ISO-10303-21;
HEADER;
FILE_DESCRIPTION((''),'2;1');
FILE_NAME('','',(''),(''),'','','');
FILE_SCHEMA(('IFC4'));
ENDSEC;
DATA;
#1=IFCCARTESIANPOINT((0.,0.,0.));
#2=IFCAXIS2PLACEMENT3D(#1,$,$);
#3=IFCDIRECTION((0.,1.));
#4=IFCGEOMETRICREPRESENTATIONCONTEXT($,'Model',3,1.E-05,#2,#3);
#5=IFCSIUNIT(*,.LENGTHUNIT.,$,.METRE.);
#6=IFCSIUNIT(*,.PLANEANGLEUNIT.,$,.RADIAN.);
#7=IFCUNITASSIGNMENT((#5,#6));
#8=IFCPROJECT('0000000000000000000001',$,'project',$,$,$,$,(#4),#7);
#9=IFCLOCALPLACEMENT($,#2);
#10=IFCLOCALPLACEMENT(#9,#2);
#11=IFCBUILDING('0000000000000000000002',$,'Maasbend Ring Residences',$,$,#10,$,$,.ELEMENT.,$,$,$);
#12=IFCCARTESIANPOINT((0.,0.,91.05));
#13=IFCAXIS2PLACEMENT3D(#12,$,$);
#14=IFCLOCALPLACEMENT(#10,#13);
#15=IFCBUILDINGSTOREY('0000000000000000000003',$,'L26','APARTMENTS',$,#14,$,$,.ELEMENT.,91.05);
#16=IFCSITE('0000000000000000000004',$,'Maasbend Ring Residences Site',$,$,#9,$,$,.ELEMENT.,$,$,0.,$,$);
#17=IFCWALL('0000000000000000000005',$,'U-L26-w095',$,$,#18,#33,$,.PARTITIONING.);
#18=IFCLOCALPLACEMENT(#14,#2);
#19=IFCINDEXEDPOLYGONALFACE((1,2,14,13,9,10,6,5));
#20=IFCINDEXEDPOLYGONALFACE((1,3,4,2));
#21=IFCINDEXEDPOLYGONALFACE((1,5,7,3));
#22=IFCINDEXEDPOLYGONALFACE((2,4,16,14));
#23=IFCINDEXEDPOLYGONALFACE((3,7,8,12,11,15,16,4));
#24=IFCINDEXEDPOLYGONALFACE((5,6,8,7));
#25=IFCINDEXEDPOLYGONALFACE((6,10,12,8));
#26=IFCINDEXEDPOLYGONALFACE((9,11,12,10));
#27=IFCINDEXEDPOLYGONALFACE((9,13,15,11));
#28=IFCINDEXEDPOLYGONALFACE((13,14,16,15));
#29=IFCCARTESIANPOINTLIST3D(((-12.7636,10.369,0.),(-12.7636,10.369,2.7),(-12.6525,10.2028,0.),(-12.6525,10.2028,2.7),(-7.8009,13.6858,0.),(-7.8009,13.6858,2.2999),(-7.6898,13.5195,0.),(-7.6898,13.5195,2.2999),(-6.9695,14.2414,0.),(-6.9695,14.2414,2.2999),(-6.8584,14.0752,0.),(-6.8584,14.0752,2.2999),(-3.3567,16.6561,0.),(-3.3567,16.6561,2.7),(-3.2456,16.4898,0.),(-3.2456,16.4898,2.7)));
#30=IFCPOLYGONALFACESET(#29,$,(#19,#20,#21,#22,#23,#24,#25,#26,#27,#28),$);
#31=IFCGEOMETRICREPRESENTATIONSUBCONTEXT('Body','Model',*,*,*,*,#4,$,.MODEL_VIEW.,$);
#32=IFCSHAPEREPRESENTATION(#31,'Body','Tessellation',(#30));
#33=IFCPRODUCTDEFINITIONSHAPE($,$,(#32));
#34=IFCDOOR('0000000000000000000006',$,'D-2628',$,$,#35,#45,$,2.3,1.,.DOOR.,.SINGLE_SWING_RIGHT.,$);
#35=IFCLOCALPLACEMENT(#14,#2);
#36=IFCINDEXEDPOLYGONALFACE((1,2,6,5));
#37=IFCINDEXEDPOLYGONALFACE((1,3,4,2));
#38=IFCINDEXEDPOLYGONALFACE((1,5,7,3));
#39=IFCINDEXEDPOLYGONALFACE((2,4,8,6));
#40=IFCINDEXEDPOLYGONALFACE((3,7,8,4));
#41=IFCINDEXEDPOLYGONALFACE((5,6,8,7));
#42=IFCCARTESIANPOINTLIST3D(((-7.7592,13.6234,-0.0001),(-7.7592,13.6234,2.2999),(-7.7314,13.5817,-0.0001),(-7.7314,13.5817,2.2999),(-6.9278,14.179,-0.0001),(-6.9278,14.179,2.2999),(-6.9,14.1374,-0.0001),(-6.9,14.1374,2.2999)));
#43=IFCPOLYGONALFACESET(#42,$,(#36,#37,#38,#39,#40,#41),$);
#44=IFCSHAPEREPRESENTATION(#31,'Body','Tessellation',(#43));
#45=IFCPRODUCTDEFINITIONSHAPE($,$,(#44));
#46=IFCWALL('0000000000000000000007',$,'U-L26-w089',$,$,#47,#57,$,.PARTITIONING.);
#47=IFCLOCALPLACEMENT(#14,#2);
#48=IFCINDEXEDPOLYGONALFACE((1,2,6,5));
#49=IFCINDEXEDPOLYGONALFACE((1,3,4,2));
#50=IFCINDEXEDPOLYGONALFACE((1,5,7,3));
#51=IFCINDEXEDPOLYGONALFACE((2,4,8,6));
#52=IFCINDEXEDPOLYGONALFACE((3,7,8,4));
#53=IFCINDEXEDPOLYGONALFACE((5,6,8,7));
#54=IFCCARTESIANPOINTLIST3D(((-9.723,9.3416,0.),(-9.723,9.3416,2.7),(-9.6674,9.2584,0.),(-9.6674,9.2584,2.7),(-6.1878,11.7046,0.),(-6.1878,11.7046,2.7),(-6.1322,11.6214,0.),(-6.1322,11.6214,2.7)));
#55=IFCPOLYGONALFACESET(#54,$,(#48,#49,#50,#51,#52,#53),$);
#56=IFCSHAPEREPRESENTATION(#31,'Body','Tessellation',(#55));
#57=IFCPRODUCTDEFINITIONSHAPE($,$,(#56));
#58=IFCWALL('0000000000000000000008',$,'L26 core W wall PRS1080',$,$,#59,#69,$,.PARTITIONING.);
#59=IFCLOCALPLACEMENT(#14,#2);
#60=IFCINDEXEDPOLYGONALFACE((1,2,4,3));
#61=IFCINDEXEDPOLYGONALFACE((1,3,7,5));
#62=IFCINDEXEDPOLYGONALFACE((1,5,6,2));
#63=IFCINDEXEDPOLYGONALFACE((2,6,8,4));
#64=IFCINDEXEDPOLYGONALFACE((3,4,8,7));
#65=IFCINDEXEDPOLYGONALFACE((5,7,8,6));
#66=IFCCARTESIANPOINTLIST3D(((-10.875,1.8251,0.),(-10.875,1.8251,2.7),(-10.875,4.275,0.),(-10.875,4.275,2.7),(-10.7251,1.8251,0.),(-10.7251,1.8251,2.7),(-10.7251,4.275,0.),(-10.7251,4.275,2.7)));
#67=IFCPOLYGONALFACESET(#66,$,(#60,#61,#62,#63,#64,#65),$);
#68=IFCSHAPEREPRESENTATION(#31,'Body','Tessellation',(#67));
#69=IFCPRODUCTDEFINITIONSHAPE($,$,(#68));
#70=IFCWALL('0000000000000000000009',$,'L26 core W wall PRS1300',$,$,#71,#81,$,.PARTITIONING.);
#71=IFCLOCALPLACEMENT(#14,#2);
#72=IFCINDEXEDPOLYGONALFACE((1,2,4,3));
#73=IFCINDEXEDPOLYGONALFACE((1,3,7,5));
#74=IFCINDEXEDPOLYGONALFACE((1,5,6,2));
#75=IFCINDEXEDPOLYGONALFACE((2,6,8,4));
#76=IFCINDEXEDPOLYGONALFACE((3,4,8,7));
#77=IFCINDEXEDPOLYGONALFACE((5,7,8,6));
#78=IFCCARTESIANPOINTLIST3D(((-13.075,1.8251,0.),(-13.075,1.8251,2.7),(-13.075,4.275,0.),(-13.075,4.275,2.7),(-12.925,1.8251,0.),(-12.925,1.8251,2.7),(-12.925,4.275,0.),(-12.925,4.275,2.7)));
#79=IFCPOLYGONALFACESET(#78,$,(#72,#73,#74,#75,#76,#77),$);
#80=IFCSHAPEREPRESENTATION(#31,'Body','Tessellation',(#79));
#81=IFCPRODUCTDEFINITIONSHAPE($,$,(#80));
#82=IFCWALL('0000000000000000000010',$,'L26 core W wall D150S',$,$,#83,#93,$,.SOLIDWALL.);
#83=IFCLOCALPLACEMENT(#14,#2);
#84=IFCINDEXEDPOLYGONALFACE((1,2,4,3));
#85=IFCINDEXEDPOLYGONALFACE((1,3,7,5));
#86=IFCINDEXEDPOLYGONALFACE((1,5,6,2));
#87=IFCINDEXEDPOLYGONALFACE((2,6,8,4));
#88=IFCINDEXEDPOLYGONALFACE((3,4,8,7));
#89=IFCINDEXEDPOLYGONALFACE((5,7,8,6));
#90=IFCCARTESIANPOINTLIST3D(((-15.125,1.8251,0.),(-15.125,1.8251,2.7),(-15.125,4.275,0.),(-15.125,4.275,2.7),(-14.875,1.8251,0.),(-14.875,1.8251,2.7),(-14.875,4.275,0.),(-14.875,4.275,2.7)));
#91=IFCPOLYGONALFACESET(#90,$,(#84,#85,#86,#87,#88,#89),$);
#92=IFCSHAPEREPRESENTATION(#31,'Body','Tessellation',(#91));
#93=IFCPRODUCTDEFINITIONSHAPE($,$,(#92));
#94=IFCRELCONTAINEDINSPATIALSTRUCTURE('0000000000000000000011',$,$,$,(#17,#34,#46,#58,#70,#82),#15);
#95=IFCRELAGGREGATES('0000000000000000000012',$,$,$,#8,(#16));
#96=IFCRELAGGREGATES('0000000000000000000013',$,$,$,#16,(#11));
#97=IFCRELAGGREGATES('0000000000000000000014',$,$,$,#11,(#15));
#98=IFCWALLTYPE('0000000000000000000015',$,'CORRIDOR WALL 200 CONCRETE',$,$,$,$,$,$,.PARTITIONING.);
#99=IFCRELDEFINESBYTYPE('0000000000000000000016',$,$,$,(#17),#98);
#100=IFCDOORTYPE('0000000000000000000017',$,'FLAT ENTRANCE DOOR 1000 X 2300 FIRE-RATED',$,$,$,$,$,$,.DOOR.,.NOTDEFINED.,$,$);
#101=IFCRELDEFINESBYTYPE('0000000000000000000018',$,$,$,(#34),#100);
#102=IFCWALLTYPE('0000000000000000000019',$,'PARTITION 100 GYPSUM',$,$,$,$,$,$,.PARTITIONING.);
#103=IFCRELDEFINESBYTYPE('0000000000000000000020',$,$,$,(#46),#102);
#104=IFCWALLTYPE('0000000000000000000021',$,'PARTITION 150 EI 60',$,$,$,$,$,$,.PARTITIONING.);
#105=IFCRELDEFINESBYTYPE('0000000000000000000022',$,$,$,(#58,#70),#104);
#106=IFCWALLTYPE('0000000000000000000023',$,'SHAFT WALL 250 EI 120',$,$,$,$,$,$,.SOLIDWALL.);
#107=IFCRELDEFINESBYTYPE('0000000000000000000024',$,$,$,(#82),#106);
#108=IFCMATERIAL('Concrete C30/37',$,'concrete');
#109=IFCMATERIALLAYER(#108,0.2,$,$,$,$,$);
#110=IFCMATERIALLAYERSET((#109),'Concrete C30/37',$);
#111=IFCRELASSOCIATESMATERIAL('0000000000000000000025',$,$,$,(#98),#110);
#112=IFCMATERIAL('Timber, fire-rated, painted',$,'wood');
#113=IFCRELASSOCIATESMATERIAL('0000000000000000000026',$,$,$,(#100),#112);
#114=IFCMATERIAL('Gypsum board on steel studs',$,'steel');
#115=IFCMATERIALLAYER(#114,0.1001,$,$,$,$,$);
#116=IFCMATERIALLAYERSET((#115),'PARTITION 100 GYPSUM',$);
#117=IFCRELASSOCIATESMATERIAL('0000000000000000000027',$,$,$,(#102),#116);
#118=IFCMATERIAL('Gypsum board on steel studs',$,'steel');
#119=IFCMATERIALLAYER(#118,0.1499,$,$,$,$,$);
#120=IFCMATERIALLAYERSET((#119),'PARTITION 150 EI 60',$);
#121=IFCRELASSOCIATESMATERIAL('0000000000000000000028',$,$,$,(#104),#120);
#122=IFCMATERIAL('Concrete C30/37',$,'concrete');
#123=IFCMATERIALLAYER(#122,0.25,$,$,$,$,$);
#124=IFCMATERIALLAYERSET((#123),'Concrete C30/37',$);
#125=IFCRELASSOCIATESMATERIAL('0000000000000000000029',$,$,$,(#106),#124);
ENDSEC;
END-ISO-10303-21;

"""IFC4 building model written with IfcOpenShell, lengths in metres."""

from ifc_helpers import new_model, si_unit, direction, frame, frame_2d, origin, place, context, subcontext, project, spatial, rectangle, extrude, material, layer, layer_set, type_object, element, fill, save


model = new_model("IFC4")

# Units and contexts
model_context = context("Model", 3, precision=1e-05, world=origin(), true_north=direction((0.0, 1.0)))
body_context = subcontext(model_context, "Body", "Model", "MODEL_VIEW")
ifc_project = project(units=[si_unit("LENGTHUNIT", "METRE"), si_unit("PLANEANGLEUNIT", "RADIAN")], contexts=[model_context])

# Site, building, storey
site_placement = place(None, origin())
site = spatial("IfcSite", under=ifc_project, at=site_placement, Name="Maasbend Ring Residences Site", CompositionType="ELEMENT", RefElevation=0.0)
building_placement = place(site_placement, origin())
building = spatial("IfcBuilding", under=site, at=building_placement, Name="Maasbend Ring Residences", CompositionType="ELEMENT")
storey_placement = place(building_placement, frame((0.0, 0.0, 91.05)))
storey = spatial("IfcBuildingStorey", under=building, at=storey_placement, Name="L26", Description="APARTMENTS", CompositionType="ELEMENT", Elevation=91.05)

# Wall, opening, door
ifc_material_1 = material(Name="Concrete C30/37", Category="concrete")
ifc_layer_1 = layer(ifc_material_1, 0.2)
ifc_layer_set_1 = layer_set([ifc_layer_1], Name="Concrete C30/37")
wall_type_1 = type_object("IfcWallType", Name="CORRIDOR WALL 200 CONCRETE", PredefinedType="PARTITIONING", material=ifc_layer_set_1)
wall_1_placement = place(storey_placement, frame((-12.708, 10.2859, 0.0), z_axis=(0.0, 0.0, 1.0), x_axis=(0.831406, 0.555666, 0.0)))
wall_1 = element("IfcWall", 1, at=wall_1_placement, inside=storey, type_object=wall_type_1, Name="U-L26-w095", PredefinedType="PARTITIONING", context=body_context, shape_type="SweptSolid", body=[
    extrude(rectangle(XDim=11.3145, YDim=0.2, at=frame_2d((5.6572, 0.0))), origin(), (0.0, 0.0, 1.0), 2.7),
])
opening_1_placement = place(wall_1_placement, frame((5.969, 0.0, 0.0)))
opening_1 = element("IfcOpeningElement", 2, at=opening_1_placement, cuts=wall_1, PredefinedType="OPENING", context=body_context, shape_type="SweptSolid", body=[
    extrude(rectangle(XDim=1.0, YDim=2.3, at=frame_2d((0.5, 1.1499))), frame((0.0, 0.1099, 0.0), z_axis=(0.0, -1.0, 0.0), x_axis=(1.0, 0.0, 0.0)), (0.0, 0.0, 1.0), 0.22),
])
ifc_material_2 = material(Name="Timber, fire-rated, painted", Category="wood")
door_type_1 = type_object("IfcDoorType", Name="FLAT ENTRANCE DOOR 1000 X 2300 FIRE-RATED", OperationType="NOTDEFINED", PredefinedType="DOOR", material=ifc_material_2)
door_1_placement = place(opening_1_placement, origin())
door_1 = element("IfcDoor", 3, at=door_1_placement, inside=storey, type_object=door_type_1, Name="D-2628", OperationType="SINGLE_SWING_RIGHT", OverallHeight=2.3, OverallWidth=1.0, PredefinedType="DOOR", context=body_context, shape_type="SweptSolid", body=[
    extrude(rectangle(XDim=1.0, YDim=2.3, at=frame_2d((0.5, 1.1499))), frame((0.0, 0.0249, 0.0), z_axis=(0.0, -1.0, 0.0), x_axis=(1.0, 0.0, 0.0)), (0.0, 0.0, 1.0), 0.05),
])
fill(opening_1, door_1)

# Walls
ifc_material_3 = material(Name="Gypsum board on steel studs", Category="steel")
ifc_layer_2 = layer(ifc_material_3, 0.1001)
ifc_layer_set_2 = layer_set([ifc_layer_2], Name="PARTITION 100 GYPSUM")
wall_type_2 = type_object("IfcWallType", Name="PARTITION 100 GYPSUM", PredefinedType="PARTITIONING", material=ifc_layer_set_2)
wall_2_placement = place(storey_placement, frame((-9.6951, 9.3, 0.0), z_axis=(0.0, 0.0, 1.0), x_axis=(0.83137, 0.55572, 0.0)))
element("IfcWall", 4, at=wall_2_placement, inside=storey, type_object=wall_type_2, Name="U-L26-w089", PredefinedType="PARTITIONING", context=body_context, shape_type="SweptSolid", body=[
    extrude(rectangle(XDim=4.2522, YDim=0.1001, at=frame_2d((2.126, 0.0))), origin(), (0.0, 0.0, 1.0), 2.7),
])
ifc_material_4 = material(Name="Gypsum board on steel studs", Category="steel")
ifc_layer_3 = layer(ifc_material_4, 0.1499)
ifc_layer_set_3 = layer_set([ifc_layer_3], Name="PARTITION 150 EI 60")
wall_type_3 = type_object("IfcWallType", Name="PARTITION 150 EI 60", PredefinedType="PARTITIONING", material=ifc_layer_set_3)
for number, where, z_axis, x_axis, name in (
    (5, (-10.8, 1.825, 0.0), (0.0, 0.0, 1.0), (0.0, 1.0, 0.0), "L26 core W wall PRS1080"),
    (6, (-13.0, 1.825, 0.0), (0.0, 0.0, 1.0), (0.0, 1.0, 0.0), "L26 core W wall PRS1300"),
):
    element("IfcWall", number, at=place(storey_placement, frame(where, z_axis=z_axis, x_axis=x_axis)), inside=storey, type_object=wall_type_3, Name=name, PredefinedType="PARTITIONING", context=body_context, shape_type="SweptSolid", body=[
        extrude(rectangle(XDim=2.45, YDim=0.1499, at=frame_2d((1.2251, 0.0))), origin(), (0.0, 0.0, 1.0), 2.7),
    ])
ifc_material_5 = material(Name="Concrete C30/37", Category="concrete")
ifc_layer_4 = layer(ifc_material_5, 0.25)
ifc_layer_set_4 = layer_set([ifc_layer_4], Name="Concrete C30/37")
wall_type_4 = type_object("IfcWallType", Name="SHAFT WALL 250 EI 120", PredefinedType="SOLIDWALL", material=ifc_layer_set_4)
wall_3_placement = place(storey_placement, frame((-15.0, 1.825, 0.0), z_axis=(0.0, 0.0, 1.0), x_axis=(0.0, 1.0, 0.0)))
element("IfcWall", 7, at=wall_3_placement, inside=storey, type_object=wall_type_4, Name="L26 core W wall D150S", PredefinedType="SOLIDWALL", context=body_context, shape_type="SweptSolid", body=[
    extrude(rectangle(XDim=2.45, YDim=0.25, at=frame_2d((1.2251, 0.0))), origin(), (0.0, 0.0, 1.0), 2.7),
])

save(model, "model.ifc")
